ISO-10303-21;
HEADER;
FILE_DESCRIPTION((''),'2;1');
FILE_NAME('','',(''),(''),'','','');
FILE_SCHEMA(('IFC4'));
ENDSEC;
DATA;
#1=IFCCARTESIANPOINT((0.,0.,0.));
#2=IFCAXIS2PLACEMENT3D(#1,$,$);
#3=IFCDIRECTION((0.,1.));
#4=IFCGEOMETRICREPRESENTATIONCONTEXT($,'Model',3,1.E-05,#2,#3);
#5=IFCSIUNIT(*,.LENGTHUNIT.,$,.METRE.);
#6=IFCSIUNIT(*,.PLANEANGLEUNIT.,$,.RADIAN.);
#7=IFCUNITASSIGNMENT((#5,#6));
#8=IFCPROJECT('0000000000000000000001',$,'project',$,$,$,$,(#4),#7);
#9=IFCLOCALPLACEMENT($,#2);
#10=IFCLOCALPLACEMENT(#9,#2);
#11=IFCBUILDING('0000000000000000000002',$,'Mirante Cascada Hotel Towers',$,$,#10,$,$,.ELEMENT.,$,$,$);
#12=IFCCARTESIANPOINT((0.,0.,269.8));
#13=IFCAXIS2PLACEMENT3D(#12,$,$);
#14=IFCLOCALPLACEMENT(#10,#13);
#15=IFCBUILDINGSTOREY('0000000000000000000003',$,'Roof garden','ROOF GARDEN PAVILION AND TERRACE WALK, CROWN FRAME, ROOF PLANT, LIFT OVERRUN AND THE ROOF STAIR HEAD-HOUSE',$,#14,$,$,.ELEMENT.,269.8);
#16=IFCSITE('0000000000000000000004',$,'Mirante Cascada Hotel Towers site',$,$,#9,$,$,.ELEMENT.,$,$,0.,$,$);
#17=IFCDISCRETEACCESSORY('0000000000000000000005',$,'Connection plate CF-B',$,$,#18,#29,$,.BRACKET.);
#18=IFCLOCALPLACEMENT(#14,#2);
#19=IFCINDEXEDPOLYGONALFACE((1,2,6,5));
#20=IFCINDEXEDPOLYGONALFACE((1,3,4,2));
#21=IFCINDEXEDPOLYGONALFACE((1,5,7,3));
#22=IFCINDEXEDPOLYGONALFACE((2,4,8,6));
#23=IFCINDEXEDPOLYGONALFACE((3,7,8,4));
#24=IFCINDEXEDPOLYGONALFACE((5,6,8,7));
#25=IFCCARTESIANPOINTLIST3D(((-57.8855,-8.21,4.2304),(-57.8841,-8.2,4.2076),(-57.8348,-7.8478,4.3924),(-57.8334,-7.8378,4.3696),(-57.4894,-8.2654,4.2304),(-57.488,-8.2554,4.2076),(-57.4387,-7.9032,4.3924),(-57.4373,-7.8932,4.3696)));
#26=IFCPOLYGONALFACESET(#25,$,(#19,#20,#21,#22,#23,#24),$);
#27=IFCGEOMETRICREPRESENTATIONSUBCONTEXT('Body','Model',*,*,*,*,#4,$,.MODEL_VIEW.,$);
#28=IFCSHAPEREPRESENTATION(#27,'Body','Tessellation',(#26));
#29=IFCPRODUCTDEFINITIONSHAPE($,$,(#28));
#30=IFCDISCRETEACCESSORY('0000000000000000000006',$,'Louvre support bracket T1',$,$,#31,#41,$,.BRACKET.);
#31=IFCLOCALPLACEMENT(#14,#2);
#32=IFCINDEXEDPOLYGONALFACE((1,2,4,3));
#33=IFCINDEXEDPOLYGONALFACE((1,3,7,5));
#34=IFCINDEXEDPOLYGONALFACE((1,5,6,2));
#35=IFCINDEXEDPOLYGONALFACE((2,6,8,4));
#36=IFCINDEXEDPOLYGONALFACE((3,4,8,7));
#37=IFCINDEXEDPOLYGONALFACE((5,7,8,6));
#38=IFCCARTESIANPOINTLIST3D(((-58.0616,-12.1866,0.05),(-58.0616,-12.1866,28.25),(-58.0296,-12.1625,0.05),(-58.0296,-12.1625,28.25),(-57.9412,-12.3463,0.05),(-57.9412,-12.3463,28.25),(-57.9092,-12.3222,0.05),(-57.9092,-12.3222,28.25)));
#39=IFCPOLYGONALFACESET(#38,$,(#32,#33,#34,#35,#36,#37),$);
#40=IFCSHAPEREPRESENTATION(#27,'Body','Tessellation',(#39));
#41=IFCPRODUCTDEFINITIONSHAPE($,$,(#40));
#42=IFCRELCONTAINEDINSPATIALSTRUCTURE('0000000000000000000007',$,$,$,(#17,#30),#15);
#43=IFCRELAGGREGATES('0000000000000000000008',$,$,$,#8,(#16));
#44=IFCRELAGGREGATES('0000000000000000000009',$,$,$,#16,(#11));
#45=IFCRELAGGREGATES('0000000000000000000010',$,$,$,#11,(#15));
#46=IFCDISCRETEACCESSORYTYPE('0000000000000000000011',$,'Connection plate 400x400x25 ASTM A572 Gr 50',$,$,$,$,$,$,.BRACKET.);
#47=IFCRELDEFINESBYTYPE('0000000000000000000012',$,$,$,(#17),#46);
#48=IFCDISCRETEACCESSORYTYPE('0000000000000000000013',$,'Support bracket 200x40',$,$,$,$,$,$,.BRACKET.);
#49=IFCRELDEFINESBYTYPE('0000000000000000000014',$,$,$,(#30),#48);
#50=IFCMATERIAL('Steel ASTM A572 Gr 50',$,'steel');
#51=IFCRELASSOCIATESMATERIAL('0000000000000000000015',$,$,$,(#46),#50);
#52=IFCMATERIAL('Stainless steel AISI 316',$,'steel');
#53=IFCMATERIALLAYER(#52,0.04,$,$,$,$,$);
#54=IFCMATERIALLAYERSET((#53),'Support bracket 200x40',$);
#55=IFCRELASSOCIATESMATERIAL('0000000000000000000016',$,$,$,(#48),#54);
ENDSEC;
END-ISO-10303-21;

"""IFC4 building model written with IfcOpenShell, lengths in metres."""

from ifc_helpers import new_model, si_unit, direction, frame, origin, origin_2d, place, context, subcontext, project, spatial, rectangle, extrude, material, layer, layer_set, material_profile, profile_set, type_object, element, save


model = new_model("IFC4")

# Units and contexts
model_context = context("Model", 3, precision=1e-05, world=origin(), true_north=direction((0.0, 1.0)))
body_context = subcontext(model_context, "Body", "Model", "MODEL_VIEW")
ifc_project = project(units=[si_unit("LENGTHUNIT", "METRE"), si_unit("PLANEANGLEUNIT", "RADIAN")], contexts=[model_context])

# Site, building, storey
site_placement = place(None, origin())
site = spatial("IfcSite", under=ifc_project, at=site_placement, Name="Mirante Cascada Hotel Towers site", CompositionType="ELEMENT", RefElevation=0.0)
building_placement = place(site_placement, origin())
building = spatial("IfcBuilding", under=site, at=building_placement, Name="Mirante Cascada Hotel Towers", CompositionType="ELEMENT")
storey_placement = place(building_placement, frame((0.0, 0.0, 269.8)))
storey = spatial("IfcBuildingStorey", under=building, at=storey_placement, Name="Roof garden", Description="ROOF GARDEN PAVILION AND TERRACE WALK, CROWN FRAME, ROOF PLANT, LIFT OVERRUN AND THE ROOF STAIR HEAD-HOUSE", CompositionType="ELEMENT", Elevation=269.8)

# Discrete accessories
ifc_material_1 = material(Name="Steel ASTM A572 Gr 50", Category="steel")
ifc_material_profile_1 = material_profile(ifc_material_1, rectangle(XDim=0.4, YDim=0.4, at=origin_2d()), Name="Connection plate 400x400x25 ASTM A572 Gr 50")
ifc_profile_set_1 = profile_set([ifc_material_profile_1], Name="Steel ASTM A572 Gr 50")
discrete_accessory_type_1 = type_object("IfcDiscreteAccessoryType", Name="Connection plate 400x400x25 ASTM A572 Gr 50", PredefinedType="BRACKET", material=ifc_profile_set_1)
for number, where, z_axis, x_axis, name in (
    (1, (-57.6607, -8.0466, 4.2886), (-0.056144, -0.401028, 0.914344), (0.990342, -0.138648, 0.0), "Connection plate CF-B"),
):
    element("IfcDiscreteAccessory", number, at=place(storey_placement, frame(where, z_axis=z_axis, x_axis=x_axis)), inside=storey, type_object=discrete_accessory_type_1, Name=name, PredefinedType="BRACKET", context=body_context, shape_type="SweptSolid", body=[
        extrude(rectangle(XDim=0.4, YDim=0.4, at=origin_2d()), origin(), (0.0, 0.0, 1.0), 0.0249),
    ])
ifc_material_2 = material(Name="Stainless steel AISI 316", Category="steel")
ifc_layer_1 = layer(ifc_material_2, 0.04)
ifc_layer_set_1 = layer_set([ifc_layer_1], Name="Support bracket 200x40")
discrete_accessory_type_2 = type_object("IfcDiscreteAccessoryType", Name="Support bracket 200x40", PredefinedType="BRACKET", material=ifc_layer_set_1)
discrete_accessory_1_placement = place(storey_placement, frame((-57.9854, -12.2544, 0.05), z_axis=(0.0, 0.0, 1.0), x_axis=(0.601815, -0.798636, 0.0)))
element("IfcDiscreteAccessory", 2, at=discrete_accessory_1_placement, inside=storey, type_object=discrete_accessory_type_2, Name="Louvre support bracket T1", PredefinedType="BRACKET", context=body_context, shape_type="SweptSolid", body=[
    extrude(rectangle(XDim=0.2, YDim=0.04, at=origin_2d()), origin(), (0.0, 0.0, 1.0), 28.2),
])

save(model, "model.ifc")
